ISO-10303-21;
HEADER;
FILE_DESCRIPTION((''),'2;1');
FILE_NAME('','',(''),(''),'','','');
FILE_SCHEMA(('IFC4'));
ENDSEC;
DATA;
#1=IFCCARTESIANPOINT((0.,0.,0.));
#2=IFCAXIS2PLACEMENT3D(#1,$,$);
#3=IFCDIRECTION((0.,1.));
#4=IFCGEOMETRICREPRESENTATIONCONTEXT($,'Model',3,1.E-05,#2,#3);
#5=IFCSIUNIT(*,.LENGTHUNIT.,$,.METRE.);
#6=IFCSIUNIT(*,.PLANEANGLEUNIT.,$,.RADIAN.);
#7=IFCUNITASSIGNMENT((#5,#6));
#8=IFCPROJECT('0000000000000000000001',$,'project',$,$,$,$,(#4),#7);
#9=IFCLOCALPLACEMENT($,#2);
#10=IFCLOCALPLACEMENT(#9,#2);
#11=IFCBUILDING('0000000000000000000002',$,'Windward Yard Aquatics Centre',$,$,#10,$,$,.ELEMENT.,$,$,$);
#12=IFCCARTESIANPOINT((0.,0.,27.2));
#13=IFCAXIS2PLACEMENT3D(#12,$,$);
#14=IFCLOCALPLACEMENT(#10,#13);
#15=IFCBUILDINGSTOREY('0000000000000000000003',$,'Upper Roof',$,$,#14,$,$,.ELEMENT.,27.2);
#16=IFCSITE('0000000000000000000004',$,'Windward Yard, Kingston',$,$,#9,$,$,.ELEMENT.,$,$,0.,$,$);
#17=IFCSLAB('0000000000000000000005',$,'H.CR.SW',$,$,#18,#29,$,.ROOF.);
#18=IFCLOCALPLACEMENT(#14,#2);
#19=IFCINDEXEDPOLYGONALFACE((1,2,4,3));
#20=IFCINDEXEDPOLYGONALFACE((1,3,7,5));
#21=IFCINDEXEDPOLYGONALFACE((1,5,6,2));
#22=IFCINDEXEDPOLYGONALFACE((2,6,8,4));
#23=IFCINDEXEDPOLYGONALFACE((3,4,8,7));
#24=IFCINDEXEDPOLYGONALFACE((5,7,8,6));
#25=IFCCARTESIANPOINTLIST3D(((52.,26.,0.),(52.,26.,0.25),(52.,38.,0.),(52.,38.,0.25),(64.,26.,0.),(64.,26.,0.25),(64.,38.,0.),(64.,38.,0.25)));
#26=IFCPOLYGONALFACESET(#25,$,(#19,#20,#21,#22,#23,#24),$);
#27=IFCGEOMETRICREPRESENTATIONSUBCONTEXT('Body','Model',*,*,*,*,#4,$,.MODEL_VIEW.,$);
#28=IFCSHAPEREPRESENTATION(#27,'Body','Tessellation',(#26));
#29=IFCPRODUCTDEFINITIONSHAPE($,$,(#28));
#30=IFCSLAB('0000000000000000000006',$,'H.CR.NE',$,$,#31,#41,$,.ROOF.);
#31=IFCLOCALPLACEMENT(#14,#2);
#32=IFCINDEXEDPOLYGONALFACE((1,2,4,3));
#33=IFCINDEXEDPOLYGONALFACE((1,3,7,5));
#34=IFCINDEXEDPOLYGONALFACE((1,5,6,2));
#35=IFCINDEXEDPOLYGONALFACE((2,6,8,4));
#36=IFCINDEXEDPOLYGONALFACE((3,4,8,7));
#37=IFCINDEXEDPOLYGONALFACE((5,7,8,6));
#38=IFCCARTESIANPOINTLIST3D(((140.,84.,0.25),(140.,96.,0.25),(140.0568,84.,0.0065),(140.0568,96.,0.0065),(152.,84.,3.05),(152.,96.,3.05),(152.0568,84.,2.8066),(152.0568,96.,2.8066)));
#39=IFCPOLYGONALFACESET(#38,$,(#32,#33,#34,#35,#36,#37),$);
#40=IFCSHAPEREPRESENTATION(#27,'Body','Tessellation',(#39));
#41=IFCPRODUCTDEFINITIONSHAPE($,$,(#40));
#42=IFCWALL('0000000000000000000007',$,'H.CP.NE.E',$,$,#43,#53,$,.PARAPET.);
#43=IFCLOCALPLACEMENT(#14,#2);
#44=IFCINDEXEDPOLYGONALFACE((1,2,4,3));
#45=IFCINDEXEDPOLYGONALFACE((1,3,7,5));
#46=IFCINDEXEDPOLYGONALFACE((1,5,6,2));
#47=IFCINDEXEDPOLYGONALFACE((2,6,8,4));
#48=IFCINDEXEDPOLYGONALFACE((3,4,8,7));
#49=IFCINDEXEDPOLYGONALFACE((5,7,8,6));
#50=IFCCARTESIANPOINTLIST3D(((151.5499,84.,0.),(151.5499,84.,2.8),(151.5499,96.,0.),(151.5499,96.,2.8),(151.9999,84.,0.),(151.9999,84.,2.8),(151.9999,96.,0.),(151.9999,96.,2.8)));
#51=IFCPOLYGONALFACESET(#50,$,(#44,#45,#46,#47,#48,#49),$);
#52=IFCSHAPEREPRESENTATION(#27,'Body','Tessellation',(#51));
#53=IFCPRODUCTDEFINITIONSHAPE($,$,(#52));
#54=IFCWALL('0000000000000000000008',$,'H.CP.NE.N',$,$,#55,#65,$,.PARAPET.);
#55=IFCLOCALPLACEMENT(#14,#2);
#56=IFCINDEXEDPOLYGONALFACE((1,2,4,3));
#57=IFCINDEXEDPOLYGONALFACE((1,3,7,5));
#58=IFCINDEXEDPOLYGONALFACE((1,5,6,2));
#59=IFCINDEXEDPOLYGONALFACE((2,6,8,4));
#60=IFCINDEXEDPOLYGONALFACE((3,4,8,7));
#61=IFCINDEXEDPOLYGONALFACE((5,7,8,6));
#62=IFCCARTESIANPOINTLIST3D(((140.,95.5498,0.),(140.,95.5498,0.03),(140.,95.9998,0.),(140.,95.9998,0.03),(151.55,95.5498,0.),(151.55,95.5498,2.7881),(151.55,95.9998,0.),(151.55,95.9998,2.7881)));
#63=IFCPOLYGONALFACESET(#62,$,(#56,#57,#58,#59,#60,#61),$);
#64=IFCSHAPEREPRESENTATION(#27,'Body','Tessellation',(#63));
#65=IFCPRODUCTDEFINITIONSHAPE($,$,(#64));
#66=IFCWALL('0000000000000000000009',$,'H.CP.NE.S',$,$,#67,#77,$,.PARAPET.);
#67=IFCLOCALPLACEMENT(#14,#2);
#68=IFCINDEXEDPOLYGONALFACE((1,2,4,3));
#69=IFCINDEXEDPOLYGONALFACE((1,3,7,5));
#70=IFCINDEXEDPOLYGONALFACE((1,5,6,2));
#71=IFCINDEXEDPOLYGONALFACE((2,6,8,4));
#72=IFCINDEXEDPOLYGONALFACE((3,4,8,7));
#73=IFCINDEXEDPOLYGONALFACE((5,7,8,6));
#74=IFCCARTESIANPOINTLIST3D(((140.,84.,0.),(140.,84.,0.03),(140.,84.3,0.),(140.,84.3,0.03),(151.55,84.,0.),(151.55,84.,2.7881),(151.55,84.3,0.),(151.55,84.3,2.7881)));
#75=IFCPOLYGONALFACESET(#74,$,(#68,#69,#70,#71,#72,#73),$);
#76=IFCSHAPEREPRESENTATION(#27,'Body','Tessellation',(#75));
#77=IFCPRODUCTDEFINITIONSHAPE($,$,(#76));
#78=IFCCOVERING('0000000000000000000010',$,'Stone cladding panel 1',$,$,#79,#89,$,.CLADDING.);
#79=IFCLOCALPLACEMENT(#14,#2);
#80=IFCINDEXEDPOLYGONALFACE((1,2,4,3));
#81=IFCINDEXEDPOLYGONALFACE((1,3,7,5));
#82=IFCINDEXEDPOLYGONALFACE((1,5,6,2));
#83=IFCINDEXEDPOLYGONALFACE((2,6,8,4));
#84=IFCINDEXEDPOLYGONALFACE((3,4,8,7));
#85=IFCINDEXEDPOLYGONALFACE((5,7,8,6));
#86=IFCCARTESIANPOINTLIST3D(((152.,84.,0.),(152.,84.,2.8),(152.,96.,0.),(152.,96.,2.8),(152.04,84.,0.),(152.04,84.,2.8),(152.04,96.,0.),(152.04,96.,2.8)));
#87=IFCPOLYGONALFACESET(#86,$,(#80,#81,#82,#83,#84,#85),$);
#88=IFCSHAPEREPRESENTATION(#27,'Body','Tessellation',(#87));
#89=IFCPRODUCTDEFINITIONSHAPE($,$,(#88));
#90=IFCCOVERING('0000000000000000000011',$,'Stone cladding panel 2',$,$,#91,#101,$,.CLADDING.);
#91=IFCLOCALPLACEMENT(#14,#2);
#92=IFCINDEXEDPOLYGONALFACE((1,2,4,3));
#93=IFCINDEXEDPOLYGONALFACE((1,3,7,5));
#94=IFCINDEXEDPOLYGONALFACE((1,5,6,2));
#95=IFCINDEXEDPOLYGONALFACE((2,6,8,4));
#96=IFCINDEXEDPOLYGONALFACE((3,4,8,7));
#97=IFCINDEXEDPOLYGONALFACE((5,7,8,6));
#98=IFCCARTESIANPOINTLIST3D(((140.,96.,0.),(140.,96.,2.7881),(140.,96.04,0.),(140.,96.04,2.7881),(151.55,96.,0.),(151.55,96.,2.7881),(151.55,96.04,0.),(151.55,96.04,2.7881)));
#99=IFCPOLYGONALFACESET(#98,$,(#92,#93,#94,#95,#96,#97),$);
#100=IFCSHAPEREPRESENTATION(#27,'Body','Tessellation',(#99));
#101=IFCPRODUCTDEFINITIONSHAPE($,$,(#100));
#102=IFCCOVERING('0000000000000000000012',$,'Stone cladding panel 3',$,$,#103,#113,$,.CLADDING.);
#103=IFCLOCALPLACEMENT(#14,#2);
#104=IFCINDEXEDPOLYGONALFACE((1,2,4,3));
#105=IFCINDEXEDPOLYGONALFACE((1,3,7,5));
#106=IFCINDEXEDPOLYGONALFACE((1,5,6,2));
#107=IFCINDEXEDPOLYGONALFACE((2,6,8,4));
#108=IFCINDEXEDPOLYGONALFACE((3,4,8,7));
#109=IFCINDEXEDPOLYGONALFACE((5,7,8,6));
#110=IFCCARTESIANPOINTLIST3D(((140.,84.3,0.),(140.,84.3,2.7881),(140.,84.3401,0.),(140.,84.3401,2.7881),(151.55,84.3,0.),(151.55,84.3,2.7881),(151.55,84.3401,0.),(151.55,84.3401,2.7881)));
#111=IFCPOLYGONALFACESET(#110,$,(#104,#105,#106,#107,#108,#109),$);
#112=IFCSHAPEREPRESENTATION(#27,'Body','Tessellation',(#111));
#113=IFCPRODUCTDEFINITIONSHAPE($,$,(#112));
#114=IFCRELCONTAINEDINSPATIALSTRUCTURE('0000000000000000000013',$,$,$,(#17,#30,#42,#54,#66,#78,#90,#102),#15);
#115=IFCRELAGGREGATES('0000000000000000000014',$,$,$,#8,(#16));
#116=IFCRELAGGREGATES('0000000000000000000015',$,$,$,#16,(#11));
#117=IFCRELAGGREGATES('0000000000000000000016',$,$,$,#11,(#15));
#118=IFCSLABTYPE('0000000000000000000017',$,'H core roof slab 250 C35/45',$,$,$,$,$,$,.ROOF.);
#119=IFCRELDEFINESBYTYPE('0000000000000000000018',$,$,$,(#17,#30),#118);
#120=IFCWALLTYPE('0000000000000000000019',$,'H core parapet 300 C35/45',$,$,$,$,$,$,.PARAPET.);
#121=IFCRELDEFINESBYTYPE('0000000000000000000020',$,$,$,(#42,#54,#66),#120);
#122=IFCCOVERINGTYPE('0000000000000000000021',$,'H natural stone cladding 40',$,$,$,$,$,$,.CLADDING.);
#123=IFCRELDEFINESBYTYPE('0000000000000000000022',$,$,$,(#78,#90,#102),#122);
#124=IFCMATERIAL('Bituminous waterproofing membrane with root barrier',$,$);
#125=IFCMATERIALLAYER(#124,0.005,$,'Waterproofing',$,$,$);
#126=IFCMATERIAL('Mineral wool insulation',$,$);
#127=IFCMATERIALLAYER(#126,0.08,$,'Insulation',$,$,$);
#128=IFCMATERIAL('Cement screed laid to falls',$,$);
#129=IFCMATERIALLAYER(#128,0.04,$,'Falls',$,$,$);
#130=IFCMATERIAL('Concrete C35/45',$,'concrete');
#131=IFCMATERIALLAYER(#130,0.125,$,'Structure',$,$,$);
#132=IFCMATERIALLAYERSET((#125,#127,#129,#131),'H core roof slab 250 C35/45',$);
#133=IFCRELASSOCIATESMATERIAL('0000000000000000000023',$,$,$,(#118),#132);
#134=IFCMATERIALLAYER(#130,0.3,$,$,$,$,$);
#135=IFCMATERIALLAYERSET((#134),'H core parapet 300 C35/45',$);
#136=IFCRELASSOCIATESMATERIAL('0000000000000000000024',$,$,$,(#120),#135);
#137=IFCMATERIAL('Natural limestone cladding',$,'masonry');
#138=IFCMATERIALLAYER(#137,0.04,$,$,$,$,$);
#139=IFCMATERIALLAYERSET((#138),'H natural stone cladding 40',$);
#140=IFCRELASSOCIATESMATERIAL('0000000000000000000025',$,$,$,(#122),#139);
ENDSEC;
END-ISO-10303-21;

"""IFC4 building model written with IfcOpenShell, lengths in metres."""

from ifc_helpers import new_model, si_unit, direction, frame, frame_2d, origin, place, context, subcontext, project, spatial, polyline, rectangle, outline, extrude, material, layer, layer_set, type_object, element, save


model = new_model("IFC4")

# Units and contexts
model_context = context("Model", 3, precision=1e-05, world=origin(), true_north=direction((0.0, 1.0)))
body_context = subcontext(model_context, "Body", "Model", "MODEL_VIEW")
ifc_project = project(units=[si_unit("LENGTHUNIT", "METRE"), si_unit("PLANEANGLEUNIT", "RADIAN")], contexts=[model_context])

# Site, building, storey
site_placement = place(None, origin())
site = spatial("IfcSite", under=ifc_project, at=site_placement, Name="Windward Yard, Kingston", CompositionType="ELEMENT", RefElevation=0.0)
building_placement = place(site_placement, origin())
building = spatial("IfcBuilding", under=site, at=building_placement, Name="Windward Yard Aquatics Centre", CompositionType="ELEMENT")
storey_placement = place(building_placement, frame((0.0, 0.0, 27.2)))
storey = spatial("IfcBuildingStorey", under=building, at=storey_placement, Name="Upper Roof", CompositionType="ELEMENT", Elevation=27.2)

# Slabs
ifc_material_1 = material(Name="Bituminous waterproofing membrane with root barrier")
ifc_layer_1 = layer(ifc_material_1, 0.005, Name="Waterproofing")
ifc_material_2 = material(Name="Mineral wool insulation")
ifc_layer_2 = layer(ifc_material_2, 0.08, Name="Insulation")
ifc_material_3 = material(Name="Cement screed laid to falls")
ifc_layer_3 = layer(ifc_material_3, 0.04, Name="Falls")
ifc_material_4 = material(Name="Concrete C35/45", Category="concrete")
ifc_layer_4 = layer(ifc_material_4, 0.125, Name="Structure")
ifc_layer_set_1 = layer_set([ifc_layer_1, ifc_layer_2, ifc_layer_3, ifc_layer_4], Name="H core roof slab 250 C35/45")
slab_type = type_object("IfcSlabType", Name="H core roof slab 250 C35/45", PredefinedType="ROOF", material=ifc_layer_set_1)
slab_1_placement = place(storey_placement, origin())
element("IfcSlab", 1, at=slab_1_placement, inside=storey, type_object=slab_type, Name="H.CR.SW", PredefinedType="ROOF", context=body_context, shape_type="SweptSolid", body=[
    extrude(outline(polyline([(52.0, 26.0), (64.0, 26.0), (64.0, 38.0), (52.0, 38.0), (52.0, 26.0)])), origin(), (0.0, 0.0, 1.0), 0.25),
])
slab_2_placement = place(storey_placement, frame((140.0, 84.0, 0.25), z_axis=(-0.227233, 0.0, 0.97384), x_axis=(0.97384, 0.0, 0.227233)))
element("IfcSlab", 2, at=slab_2_placement, inside=storey, type_object=slab_type, Name="H.CR.NE", PredefinedType="ROOF", context=body_context, shape_type="SweptSolid", body=[
    extrude(outline(polyline([(0.0, 0.0), (12.3223, 0.0), (12.3223, 12.0), (0.0, 12.0), (0.0, 0.0)])), origin(), (0.0, 0.0, -1.0), 0.25),
])

# Walls
ifc_layer_5 = layer(ifc_material_4, 0.3)
ifc_layer_set_2 = layer_set([ifc_layer_5], Name="H core parapet 300 C35/45")
wall_type = type_object("IfcWallType", Name="H core parapet 300 C35/45", PredefinedType="PARAPET", material=ifc_layer_set_2)
wall_1_placement = place(storey_placement, frame((151.7749, 96.0, 0.0), z_axis=(0.0, 0.0, 1.0), x_axis=(0.0, -1.0, 0.0)))
element("IfcWall", 3, at=wall_1_placement, inside=storey, type_object=wall_type, Name="H.CP.NE.E", PredefinedType="PARAPET", context=body_context, shape_type="SweptSolid", body=[
    extrude(rectangle(XDim=12.0, YDim=0.45, at=frame_2d((6.0, 0.0))), origin(), (0.0, 0.0, 1.0), 2.8),
])
wall_2_placement = place(storey_placement, frame((151.55, 95.7749, 0.0), z_axis=(0.0, 0.0, 1.0), x_axis=(-1.0, 0.0, 0.0)))
element("IfcWall", 4, at=wall_2_placement, inside=storey, type_object=wall_type, Name="H.CP.NE.N", PredefinedType="PARAPET", context=body_context, shape_type="SweptSolid", body=[
    extrude(outline(polyline([(0.0, 0.0), (11.55, 0.0), (11.55, 0.03), (0.0, 2.7881), (0.0, 0.0)])), frame((0.0, 0.2251, 0.0), z_axis=(0.0, -1.0, 0.0), x_axis=(1.0, 0.0, 0.0)), (0.0, 0.0, 1.0), 0.45),
])
wall_3_placement = place(storey_placement, frame((151.55, 84.1499, 0.0), z_axis=(0.0, 0.0, 1.0), x_axis=(-1.0, 0.0, 0.0)))
element("IfcWall", 5, at=wall_3_placement, inside=storey, type_object=wall_type, Name="H.CP.NE.S", PredefinedType="PARAPET", context=body_context, shape_type="SweptSolid", body=[
    extrude(outline(polyline([(0.0, 0.0), (11.55, 0.0), (11.55, 0.03), (0.0, 2.7881), (0.0, 0.0)])), frame((0.0, 0.1499, 0.0), z_axis=(0.0, -1.0, 0.0), x_axis=(1.0, 0.0, 0.0)), (0.0, 0.0, 1.0), 0.3),
])

# Coverings
ifc_material_5 = material(Name="Natural limestone cladding", Category="masonry")
ifc_layer_6 = layer(ifc_material_5, 0.04)
ifc_layer_set_3 = layer_set([ifc_layer_6], Name="H natural stone cladding 40")
covering_type = type_object("IfcCoveringType", Name="H natural stone cladding 40", PredefinedType="CLADDING", material=ifc_layer_set_3)
covering_1_placement = place(storey_placement, origin())
element("IfcCovering", 6, at=covering_1_placement, inside=storey, type_object=covering_type, Name="Stone cladding panel 1", PredefinedType="CLADDING", context=body_context, shape_type="SweptSolid", body=[
    extrude(outline(polyline([(152.0, 84.0), (152.04, 84.0), (152.04, 96.0), (152.0, 96.0), (152.0, 84.0)])), origin(), (0.0, 0.0, 1.0), 2.8),
])
covering_2_placement = place(storey_placement, origin())
element("IfcCovering", 7, at=covering_2_placement, inside=storey, type_object=covering_type, Name="Stone cladding panel 2", PredefinedType="CLADDING", context=body_context, shape_type="SweptSolid", body=[
    extrude(outline(polyline([(140.0, 96.0), (140.0, 96.04), (151.55, 96.04), (151.55, 96.0), (140.0, 96.0)])), origin(), (0.0, 0.0, 1.0), 2.7881),
])
covering_3_placement = place(storey_placement, origin())
element("IfcCovering", 8, at=covering_3_placement, inside=storey, type_object=covering_type, Name="Stone cladding panel 3", PredefinedType="CLADDING", context=body_context, shape_type="SweptSolid", body=[
    extrude(outline(polyline([(140.0, 84.3), (140.0, 84.3401), (151.55, 84.3401), (151.55, 84.3), (140.0, 84.3)])), origin(), (0.0, 0.0, 1.0), 2.7881),
])

save(model, "model.ifc")
